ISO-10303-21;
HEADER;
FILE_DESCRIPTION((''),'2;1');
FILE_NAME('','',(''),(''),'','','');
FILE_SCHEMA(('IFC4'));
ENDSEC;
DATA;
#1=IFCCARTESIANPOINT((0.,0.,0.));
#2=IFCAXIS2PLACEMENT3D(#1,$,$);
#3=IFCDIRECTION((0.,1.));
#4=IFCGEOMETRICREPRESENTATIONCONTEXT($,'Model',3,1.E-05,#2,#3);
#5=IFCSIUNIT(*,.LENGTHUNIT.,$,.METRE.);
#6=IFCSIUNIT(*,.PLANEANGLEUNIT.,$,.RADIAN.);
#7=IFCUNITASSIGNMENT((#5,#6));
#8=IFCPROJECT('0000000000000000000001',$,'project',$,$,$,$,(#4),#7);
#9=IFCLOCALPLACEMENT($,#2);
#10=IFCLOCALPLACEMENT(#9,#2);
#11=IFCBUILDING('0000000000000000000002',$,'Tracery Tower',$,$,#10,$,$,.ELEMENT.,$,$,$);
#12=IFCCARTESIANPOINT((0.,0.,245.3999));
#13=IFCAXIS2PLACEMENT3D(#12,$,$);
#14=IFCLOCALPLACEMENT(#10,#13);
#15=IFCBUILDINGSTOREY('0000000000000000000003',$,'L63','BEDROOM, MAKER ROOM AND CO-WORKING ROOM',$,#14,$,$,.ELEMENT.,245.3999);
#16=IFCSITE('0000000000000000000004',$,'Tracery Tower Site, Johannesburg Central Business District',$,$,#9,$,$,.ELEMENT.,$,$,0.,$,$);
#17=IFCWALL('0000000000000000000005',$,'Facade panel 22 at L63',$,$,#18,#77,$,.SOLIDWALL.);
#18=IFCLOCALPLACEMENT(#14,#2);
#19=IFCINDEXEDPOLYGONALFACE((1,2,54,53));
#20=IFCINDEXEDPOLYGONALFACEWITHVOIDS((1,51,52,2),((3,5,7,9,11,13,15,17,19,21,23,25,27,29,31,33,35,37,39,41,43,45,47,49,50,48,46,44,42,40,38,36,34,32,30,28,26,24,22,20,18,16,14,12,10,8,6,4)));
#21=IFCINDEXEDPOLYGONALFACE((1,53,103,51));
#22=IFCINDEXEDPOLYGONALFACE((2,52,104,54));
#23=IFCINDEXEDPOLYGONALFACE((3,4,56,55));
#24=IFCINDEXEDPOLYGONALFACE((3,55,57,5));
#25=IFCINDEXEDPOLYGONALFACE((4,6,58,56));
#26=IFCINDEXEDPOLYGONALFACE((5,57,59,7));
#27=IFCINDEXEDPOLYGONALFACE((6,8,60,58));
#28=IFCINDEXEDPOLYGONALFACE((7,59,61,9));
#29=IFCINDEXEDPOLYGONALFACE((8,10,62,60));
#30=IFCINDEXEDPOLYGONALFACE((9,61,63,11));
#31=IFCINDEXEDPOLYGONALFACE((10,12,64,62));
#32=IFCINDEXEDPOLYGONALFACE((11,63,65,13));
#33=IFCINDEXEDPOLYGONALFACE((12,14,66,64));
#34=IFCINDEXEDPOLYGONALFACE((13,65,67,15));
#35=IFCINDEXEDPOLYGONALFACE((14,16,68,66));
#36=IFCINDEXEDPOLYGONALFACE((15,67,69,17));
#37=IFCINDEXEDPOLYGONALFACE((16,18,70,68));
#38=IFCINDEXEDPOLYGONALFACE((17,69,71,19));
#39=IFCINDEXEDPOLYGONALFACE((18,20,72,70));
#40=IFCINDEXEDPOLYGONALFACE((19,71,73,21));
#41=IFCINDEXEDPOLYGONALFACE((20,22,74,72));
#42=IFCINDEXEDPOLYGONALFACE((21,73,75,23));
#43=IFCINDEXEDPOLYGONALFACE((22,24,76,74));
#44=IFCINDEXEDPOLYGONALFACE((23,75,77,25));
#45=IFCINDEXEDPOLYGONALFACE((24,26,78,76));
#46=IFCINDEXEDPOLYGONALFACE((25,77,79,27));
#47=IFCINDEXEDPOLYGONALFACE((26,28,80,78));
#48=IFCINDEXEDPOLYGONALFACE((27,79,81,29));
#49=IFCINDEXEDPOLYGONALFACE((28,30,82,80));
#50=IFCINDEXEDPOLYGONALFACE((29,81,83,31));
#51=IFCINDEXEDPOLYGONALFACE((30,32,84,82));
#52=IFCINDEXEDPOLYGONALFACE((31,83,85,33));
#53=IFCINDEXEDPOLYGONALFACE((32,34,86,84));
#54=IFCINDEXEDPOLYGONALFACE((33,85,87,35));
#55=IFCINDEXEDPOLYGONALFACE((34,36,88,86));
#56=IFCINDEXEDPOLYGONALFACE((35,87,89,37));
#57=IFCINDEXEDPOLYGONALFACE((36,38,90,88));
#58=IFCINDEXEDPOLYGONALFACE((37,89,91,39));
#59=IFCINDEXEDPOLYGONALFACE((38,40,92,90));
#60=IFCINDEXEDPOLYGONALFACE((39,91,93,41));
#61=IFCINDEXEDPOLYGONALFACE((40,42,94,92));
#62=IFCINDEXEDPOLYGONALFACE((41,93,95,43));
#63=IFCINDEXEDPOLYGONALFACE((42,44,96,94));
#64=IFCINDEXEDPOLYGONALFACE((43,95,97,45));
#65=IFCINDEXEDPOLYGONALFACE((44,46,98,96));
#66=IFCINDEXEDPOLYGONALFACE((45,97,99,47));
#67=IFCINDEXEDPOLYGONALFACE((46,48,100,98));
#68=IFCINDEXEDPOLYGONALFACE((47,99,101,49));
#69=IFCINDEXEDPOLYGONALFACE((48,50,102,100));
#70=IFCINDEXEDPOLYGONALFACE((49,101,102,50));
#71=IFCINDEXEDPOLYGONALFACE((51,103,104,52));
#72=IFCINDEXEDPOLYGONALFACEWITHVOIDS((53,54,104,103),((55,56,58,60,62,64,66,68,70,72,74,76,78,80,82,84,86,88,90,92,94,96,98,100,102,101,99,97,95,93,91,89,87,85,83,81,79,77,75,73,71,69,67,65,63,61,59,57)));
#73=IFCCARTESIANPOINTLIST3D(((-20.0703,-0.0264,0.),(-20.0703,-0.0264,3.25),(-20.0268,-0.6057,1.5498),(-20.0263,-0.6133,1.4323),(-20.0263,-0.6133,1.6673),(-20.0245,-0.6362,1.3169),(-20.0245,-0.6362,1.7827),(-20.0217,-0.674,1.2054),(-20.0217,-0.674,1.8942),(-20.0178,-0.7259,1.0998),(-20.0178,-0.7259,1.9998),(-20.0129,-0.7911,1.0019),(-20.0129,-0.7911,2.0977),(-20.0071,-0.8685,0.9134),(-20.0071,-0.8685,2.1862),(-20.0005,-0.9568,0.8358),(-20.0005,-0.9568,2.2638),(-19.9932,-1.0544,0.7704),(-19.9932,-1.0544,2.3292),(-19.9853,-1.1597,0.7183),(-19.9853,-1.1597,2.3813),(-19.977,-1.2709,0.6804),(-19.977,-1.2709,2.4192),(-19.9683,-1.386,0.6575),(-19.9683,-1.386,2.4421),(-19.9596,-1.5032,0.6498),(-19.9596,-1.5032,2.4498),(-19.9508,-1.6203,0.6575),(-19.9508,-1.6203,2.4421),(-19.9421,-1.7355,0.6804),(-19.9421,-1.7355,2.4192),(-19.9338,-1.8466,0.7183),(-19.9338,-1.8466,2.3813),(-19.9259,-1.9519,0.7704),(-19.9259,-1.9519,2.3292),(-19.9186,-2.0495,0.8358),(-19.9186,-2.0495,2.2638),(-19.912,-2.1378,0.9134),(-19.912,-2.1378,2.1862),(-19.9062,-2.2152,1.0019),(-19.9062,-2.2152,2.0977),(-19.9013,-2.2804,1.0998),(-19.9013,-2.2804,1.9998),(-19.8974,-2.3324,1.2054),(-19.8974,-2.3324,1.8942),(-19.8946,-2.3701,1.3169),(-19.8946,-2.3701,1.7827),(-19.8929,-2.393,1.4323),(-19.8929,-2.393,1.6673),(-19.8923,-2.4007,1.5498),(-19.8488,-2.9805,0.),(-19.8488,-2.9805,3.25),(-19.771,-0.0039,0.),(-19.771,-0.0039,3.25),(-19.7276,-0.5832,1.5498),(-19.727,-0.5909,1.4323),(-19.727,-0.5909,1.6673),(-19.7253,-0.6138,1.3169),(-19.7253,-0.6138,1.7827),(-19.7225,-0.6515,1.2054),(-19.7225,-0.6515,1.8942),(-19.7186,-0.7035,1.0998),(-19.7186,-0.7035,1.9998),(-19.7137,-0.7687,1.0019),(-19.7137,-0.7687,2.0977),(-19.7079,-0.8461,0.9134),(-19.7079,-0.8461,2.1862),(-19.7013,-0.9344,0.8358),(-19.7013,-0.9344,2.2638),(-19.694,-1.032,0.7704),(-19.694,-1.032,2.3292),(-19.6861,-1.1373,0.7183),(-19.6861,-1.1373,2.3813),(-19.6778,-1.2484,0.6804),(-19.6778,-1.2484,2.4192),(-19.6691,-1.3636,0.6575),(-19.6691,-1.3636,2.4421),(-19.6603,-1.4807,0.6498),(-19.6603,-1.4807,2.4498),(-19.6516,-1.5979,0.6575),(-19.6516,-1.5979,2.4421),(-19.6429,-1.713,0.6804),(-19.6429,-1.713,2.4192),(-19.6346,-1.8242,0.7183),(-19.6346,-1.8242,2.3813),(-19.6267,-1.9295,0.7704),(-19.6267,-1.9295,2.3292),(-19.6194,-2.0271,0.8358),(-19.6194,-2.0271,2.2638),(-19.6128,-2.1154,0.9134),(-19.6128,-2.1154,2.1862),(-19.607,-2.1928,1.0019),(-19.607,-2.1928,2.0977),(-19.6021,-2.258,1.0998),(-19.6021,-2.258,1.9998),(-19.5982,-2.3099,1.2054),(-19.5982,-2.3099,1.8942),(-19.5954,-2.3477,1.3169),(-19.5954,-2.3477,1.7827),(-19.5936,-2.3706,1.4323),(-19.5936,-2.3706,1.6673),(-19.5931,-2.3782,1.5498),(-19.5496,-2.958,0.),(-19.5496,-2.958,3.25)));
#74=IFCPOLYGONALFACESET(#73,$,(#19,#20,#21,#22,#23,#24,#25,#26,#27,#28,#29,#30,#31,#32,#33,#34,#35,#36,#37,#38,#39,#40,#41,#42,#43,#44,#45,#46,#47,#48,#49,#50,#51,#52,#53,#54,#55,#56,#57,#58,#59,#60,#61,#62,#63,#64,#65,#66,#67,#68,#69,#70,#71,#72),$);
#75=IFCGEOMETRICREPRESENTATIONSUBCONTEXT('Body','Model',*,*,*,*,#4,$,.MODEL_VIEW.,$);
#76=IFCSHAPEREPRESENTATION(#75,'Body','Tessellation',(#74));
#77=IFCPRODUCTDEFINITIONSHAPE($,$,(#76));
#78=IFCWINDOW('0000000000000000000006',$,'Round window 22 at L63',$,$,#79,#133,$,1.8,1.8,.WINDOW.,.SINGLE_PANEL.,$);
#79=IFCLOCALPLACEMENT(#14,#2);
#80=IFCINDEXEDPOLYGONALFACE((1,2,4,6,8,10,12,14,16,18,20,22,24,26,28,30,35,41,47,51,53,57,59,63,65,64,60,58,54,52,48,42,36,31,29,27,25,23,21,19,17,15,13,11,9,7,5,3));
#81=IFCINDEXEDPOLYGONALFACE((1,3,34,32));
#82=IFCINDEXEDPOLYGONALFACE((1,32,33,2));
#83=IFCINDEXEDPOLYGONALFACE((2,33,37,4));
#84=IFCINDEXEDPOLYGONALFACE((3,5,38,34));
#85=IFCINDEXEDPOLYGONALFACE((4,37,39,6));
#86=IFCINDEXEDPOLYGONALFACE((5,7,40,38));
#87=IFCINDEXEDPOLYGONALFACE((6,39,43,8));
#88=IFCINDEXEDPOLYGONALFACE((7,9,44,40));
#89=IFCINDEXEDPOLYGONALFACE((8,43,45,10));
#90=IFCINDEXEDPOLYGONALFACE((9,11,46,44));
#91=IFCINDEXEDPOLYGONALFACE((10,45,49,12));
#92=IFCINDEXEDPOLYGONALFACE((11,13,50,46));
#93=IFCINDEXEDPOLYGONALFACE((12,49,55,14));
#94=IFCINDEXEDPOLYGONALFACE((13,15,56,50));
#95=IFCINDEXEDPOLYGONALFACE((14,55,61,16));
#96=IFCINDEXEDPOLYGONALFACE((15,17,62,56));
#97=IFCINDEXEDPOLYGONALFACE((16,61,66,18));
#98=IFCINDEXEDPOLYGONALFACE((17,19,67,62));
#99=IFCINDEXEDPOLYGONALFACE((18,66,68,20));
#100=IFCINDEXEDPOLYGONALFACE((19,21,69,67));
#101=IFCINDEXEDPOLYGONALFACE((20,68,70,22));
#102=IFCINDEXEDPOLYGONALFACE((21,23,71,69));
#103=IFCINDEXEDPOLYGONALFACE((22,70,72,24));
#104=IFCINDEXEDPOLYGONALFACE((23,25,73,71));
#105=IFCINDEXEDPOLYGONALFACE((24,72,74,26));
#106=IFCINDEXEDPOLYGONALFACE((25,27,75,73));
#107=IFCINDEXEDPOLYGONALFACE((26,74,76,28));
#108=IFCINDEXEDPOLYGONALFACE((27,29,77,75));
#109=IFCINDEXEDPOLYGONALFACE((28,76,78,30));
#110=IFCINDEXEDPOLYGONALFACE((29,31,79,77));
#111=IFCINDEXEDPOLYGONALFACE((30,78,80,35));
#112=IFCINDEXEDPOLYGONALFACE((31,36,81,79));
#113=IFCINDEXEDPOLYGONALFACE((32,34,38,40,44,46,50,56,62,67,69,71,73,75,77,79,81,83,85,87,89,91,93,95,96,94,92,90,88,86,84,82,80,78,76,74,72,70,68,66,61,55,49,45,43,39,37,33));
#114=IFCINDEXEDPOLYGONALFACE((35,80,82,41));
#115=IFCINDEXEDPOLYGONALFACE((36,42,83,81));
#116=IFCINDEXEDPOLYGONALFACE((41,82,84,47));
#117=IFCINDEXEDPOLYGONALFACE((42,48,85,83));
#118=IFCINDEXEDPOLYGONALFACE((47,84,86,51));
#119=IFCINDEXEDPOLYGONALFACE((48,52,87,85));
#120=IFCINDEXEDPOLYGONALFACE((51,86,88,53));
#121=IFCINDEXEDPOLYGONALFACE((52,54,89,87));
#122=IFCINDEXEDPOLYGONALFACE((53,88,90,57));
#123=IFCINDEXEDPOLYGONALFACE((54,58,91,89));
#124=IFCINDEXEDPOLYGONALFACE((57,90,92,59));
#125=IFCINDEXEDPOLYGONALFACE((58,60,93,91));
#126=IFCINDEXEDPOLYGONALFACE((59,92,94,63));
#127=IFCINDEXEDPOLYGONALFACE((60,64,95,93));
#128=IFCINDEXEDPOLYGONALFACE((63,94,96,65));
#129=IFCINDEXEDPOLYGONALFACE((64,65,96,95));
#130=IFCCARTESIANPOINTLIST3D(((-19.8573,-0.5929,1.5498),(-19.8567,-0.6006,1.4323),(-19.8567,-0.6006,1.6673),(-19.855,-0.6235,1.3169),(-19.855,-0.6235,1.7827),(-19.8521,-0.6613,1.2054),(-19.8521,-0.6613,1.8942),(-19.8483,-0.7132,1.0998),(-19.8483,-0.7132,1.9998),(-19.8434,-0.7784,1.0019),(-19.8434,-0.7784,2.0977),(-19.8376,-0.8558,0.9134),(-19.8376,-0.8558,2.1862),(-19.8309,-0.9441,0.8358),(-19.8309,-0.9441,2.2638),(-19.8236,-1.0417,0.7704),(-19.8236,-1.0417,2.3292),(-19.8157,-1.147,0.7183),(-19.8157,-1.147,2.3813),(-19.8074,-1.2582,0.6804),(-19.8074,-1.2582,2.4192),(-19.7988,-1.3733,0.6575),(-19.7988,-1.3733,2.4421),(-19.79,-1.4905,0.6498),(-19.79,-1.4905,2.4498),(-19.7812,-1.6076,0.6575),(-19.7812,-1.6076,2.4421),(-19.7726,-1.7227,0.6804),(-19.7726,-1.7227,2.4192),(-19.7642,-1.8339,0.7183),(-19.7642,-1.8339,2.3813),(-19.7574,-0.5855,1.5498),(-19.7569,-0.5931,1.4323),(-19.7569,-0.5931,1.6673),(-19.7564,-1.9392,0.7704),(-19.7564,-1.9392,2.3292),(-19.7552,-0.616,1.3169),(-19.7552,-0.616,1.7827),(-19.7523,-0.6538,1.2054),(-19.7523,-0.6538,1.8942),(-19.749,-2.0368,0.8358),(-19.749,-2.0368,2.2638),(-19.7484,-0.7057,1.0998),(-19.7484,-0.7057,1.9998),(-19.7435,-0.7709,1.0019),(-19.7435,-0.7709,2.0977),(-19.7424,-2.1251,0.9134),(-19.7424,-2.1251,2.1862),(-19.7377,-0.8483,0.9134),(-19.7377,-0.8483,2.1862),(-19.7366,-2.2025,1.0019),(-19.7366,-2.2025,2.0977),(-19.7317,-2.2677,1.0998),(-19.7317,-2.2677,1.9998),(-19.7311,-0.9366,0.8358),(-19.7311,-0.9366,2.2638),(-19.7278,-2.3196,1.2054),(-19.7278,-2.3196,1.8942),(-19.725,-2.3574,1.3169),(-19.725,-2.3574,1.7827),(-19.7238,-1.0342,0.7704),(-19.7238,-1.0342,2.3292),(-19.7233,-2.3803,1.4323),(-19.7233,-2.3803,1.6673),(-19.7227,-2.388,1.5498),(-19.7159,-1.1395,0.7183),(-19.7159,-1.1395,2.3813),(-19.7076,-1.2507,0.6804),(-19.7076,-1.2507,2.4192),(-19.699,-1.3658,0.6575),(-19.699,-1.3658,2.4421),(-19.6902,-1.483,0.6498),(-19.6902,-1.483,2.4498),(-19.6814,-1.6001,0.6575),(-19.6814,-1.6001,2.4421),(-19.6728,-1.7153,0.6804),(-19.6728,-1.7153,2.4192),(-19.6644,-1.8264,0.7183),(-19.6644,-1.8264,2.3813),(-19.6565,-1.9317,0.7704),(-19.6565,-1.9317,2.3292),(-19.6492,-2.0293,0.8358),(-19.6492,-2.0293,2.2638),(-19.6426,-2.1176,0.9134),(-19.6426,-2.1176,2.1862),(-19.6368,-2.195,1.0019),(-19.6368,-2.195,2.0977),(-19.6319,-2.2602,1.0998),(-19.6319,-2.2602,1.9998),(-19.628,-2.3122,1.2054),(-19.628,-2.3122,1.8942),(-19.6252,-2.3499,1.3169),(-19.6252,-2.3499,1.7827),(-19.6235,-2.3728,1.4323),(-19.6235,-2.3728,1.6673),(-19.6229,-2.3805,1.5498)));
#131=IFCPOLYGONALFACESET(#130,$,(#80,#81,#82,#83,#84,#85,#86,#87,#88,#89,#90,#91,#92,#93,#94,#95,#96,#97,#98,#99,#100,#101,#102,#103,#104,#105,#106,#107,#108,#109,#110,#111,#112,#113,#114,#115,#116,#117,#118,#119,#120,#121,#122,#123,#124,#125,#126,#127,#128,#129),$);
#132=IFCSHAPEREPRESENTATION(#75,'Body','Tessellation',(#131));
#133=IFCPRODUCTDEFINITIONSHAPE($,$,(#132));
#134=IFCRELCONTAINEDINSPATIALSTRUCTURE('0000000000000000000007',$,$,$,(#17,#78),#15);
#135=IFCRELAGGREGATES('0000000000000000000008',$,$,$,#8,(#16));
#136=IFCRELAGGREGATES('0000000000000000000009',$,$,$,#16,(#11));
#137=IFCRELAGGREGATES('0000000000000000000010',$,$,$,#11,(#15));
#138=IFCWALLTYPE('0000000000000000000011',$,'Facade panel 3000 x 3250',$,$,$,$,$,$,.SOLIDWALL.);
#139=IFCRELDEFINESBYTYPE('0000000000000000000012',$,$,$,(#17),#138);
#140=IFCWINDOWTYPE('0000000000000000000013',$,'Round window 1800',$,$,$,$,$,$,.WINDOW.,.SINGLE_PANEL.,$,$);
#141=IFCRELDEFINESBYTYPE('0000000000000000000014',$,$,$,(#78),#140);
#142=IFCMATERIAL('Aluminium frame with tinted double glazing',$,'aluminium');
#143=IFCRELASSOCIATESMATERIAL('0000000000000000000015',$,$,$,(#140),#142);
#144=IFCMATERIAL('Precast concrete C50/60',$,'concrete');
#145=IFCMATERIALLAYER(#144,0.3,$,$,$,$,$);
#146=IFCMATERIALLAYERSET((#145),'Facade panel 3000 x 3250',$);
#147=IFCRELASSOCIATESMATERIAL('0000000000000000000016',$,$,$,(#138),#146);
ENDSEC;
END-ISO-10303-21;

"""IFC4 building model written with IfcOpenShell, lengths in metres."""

from ifc_helpers import new_model, si_unit, direction, frame, frame_2d, origin, origin_2d, place, context, subcontext, project, spatial, rectangle, circle, extrude, material, layer, layer_set, type_object, element, fill, save


model = new_model("IFC4")

# Units and contexts
model_context = context("Model", 3, precision=1e-05, world=origin(), true_north=direction((0.0, 1.0)))
body_context = subcontext(model_context, "Body", "Model", "MODEL_VIEW")
ifc_project = project(units=[si_unit("LENGTHUNIT", "METRE"), si_unit("PLANEANGLEUNIT", "RADIAN")], contexts=[model_context])

# Site, building, storey
site_placement = place(None, origin())
site = spatial("IfcSite", under=ifc_project, at=site_placement, Name="Tracery Tower Site, Johannesburg Central Business District", CompositionType="ELEMENT", RefElevation=0.0)
building_placement = place(site_placement, origin())
building = spatial("IfcBuilding", under=site, at=building_placement, Name="Tracery Tower", CompositionType="ELEMENT")
storey_placement = place(building_placement, frame((0.0, 0.0, 245.3999)))
storey = spatial("IfcBuildingStorey", under=building, at=storey_placement, Name="L63", Description="BEDROOM, MAKER ROOM AND CO-WORKING ROOM", CompositionType="ELEMENT", Elevation=245.3999)

# Wall, opening, window
ifc_material_1 = material(Name="Aluminium frame with tinted double glazing", Category="aluminium")
window_type = type_object("IfcWindowType", Name="Round window 1800", PartitioningType="SINGLE_PANEL", PredefinedType="WINDOW", material=ifc_material_1)
ifc_material_2 = material(Name="Precast concrete C50/60", Category="concrete")
ifc_layer_1 = layer(ifc_material_2, 0.3)
ifc_layer_set_1 = layer_set([ifc_layer_1], Name="Facade panel 3000 x 3250")
wall_type_1 = type_object("IfcWallType", Name="Facade panel 3000 x 3250", PredefinedType="SOLIDWALL", material=ifc_layer_set_1)
wall_1_placement = place(storey_placement, frame((-19.9207, -0.0151, 0.0), z_axis=(0.0, 0.0, 1.0), x_axis=(0.074749, -0.997202, 0.0)))
wall_1 = element("IfcWall", 1, at=wall_1_placement, inside=storey, type_object=wall_type_1, Name="Facade panel 22 at L63", PredefinedType="SOLIDWALL", context=body_context, shape_type="SweptSolid", body=[
    extrude(rectangle(XDim=2.9624, YDim=0.3, at=frame_2d((1.4812, 0.0))), origin(), (0.0, 0.0, 1.0), 3.25),
])
opening_1_placement = place(wall_1_placement, frame((1.481, 0.0, 1.5498)))
opening_1 = element("IfcOpeningElement", 2, at=opening_1_placement, cuts=wall_1, PredefinedType="OPENING", context=body_context, shape_type="SweptSolid", body=[
    extrude(circle(Radius=0.9, at=origin_2d()), frame((0.0, 0.1599, 0.0), z_axis=(0.0, -1.0, 0.0), x_axis=(1.0, 0.0, 0.0)), (0.0, 0.0, 1.0), 0.3201),
])
window_1_placement = place(opening_1_placement, origin())
window_1 = element("IfcWindow", 3, at=window_1_placement, inside=storey, type_object=window_type, Name="Round window 22 at L63", OverallHeight=1.8, OverallWidth=1.8, PartitioningType="SINGLE_PANEL", PredefinedType="WINDOW", context=body_context, shape_type="SweptSolid", body=[
    extrude(circle(Radius=0.9, at=origin_2d()), frame((0.0, 0.1201, 0.0), z_axis=(0.0, -1.0, 0.0), x_axis=(1.0, 0.0, 0.0)), (0.0, 0.0, 1.0), 0.1001),
])
fill(opening_1, window_1)

save(model, "model.ifc")
